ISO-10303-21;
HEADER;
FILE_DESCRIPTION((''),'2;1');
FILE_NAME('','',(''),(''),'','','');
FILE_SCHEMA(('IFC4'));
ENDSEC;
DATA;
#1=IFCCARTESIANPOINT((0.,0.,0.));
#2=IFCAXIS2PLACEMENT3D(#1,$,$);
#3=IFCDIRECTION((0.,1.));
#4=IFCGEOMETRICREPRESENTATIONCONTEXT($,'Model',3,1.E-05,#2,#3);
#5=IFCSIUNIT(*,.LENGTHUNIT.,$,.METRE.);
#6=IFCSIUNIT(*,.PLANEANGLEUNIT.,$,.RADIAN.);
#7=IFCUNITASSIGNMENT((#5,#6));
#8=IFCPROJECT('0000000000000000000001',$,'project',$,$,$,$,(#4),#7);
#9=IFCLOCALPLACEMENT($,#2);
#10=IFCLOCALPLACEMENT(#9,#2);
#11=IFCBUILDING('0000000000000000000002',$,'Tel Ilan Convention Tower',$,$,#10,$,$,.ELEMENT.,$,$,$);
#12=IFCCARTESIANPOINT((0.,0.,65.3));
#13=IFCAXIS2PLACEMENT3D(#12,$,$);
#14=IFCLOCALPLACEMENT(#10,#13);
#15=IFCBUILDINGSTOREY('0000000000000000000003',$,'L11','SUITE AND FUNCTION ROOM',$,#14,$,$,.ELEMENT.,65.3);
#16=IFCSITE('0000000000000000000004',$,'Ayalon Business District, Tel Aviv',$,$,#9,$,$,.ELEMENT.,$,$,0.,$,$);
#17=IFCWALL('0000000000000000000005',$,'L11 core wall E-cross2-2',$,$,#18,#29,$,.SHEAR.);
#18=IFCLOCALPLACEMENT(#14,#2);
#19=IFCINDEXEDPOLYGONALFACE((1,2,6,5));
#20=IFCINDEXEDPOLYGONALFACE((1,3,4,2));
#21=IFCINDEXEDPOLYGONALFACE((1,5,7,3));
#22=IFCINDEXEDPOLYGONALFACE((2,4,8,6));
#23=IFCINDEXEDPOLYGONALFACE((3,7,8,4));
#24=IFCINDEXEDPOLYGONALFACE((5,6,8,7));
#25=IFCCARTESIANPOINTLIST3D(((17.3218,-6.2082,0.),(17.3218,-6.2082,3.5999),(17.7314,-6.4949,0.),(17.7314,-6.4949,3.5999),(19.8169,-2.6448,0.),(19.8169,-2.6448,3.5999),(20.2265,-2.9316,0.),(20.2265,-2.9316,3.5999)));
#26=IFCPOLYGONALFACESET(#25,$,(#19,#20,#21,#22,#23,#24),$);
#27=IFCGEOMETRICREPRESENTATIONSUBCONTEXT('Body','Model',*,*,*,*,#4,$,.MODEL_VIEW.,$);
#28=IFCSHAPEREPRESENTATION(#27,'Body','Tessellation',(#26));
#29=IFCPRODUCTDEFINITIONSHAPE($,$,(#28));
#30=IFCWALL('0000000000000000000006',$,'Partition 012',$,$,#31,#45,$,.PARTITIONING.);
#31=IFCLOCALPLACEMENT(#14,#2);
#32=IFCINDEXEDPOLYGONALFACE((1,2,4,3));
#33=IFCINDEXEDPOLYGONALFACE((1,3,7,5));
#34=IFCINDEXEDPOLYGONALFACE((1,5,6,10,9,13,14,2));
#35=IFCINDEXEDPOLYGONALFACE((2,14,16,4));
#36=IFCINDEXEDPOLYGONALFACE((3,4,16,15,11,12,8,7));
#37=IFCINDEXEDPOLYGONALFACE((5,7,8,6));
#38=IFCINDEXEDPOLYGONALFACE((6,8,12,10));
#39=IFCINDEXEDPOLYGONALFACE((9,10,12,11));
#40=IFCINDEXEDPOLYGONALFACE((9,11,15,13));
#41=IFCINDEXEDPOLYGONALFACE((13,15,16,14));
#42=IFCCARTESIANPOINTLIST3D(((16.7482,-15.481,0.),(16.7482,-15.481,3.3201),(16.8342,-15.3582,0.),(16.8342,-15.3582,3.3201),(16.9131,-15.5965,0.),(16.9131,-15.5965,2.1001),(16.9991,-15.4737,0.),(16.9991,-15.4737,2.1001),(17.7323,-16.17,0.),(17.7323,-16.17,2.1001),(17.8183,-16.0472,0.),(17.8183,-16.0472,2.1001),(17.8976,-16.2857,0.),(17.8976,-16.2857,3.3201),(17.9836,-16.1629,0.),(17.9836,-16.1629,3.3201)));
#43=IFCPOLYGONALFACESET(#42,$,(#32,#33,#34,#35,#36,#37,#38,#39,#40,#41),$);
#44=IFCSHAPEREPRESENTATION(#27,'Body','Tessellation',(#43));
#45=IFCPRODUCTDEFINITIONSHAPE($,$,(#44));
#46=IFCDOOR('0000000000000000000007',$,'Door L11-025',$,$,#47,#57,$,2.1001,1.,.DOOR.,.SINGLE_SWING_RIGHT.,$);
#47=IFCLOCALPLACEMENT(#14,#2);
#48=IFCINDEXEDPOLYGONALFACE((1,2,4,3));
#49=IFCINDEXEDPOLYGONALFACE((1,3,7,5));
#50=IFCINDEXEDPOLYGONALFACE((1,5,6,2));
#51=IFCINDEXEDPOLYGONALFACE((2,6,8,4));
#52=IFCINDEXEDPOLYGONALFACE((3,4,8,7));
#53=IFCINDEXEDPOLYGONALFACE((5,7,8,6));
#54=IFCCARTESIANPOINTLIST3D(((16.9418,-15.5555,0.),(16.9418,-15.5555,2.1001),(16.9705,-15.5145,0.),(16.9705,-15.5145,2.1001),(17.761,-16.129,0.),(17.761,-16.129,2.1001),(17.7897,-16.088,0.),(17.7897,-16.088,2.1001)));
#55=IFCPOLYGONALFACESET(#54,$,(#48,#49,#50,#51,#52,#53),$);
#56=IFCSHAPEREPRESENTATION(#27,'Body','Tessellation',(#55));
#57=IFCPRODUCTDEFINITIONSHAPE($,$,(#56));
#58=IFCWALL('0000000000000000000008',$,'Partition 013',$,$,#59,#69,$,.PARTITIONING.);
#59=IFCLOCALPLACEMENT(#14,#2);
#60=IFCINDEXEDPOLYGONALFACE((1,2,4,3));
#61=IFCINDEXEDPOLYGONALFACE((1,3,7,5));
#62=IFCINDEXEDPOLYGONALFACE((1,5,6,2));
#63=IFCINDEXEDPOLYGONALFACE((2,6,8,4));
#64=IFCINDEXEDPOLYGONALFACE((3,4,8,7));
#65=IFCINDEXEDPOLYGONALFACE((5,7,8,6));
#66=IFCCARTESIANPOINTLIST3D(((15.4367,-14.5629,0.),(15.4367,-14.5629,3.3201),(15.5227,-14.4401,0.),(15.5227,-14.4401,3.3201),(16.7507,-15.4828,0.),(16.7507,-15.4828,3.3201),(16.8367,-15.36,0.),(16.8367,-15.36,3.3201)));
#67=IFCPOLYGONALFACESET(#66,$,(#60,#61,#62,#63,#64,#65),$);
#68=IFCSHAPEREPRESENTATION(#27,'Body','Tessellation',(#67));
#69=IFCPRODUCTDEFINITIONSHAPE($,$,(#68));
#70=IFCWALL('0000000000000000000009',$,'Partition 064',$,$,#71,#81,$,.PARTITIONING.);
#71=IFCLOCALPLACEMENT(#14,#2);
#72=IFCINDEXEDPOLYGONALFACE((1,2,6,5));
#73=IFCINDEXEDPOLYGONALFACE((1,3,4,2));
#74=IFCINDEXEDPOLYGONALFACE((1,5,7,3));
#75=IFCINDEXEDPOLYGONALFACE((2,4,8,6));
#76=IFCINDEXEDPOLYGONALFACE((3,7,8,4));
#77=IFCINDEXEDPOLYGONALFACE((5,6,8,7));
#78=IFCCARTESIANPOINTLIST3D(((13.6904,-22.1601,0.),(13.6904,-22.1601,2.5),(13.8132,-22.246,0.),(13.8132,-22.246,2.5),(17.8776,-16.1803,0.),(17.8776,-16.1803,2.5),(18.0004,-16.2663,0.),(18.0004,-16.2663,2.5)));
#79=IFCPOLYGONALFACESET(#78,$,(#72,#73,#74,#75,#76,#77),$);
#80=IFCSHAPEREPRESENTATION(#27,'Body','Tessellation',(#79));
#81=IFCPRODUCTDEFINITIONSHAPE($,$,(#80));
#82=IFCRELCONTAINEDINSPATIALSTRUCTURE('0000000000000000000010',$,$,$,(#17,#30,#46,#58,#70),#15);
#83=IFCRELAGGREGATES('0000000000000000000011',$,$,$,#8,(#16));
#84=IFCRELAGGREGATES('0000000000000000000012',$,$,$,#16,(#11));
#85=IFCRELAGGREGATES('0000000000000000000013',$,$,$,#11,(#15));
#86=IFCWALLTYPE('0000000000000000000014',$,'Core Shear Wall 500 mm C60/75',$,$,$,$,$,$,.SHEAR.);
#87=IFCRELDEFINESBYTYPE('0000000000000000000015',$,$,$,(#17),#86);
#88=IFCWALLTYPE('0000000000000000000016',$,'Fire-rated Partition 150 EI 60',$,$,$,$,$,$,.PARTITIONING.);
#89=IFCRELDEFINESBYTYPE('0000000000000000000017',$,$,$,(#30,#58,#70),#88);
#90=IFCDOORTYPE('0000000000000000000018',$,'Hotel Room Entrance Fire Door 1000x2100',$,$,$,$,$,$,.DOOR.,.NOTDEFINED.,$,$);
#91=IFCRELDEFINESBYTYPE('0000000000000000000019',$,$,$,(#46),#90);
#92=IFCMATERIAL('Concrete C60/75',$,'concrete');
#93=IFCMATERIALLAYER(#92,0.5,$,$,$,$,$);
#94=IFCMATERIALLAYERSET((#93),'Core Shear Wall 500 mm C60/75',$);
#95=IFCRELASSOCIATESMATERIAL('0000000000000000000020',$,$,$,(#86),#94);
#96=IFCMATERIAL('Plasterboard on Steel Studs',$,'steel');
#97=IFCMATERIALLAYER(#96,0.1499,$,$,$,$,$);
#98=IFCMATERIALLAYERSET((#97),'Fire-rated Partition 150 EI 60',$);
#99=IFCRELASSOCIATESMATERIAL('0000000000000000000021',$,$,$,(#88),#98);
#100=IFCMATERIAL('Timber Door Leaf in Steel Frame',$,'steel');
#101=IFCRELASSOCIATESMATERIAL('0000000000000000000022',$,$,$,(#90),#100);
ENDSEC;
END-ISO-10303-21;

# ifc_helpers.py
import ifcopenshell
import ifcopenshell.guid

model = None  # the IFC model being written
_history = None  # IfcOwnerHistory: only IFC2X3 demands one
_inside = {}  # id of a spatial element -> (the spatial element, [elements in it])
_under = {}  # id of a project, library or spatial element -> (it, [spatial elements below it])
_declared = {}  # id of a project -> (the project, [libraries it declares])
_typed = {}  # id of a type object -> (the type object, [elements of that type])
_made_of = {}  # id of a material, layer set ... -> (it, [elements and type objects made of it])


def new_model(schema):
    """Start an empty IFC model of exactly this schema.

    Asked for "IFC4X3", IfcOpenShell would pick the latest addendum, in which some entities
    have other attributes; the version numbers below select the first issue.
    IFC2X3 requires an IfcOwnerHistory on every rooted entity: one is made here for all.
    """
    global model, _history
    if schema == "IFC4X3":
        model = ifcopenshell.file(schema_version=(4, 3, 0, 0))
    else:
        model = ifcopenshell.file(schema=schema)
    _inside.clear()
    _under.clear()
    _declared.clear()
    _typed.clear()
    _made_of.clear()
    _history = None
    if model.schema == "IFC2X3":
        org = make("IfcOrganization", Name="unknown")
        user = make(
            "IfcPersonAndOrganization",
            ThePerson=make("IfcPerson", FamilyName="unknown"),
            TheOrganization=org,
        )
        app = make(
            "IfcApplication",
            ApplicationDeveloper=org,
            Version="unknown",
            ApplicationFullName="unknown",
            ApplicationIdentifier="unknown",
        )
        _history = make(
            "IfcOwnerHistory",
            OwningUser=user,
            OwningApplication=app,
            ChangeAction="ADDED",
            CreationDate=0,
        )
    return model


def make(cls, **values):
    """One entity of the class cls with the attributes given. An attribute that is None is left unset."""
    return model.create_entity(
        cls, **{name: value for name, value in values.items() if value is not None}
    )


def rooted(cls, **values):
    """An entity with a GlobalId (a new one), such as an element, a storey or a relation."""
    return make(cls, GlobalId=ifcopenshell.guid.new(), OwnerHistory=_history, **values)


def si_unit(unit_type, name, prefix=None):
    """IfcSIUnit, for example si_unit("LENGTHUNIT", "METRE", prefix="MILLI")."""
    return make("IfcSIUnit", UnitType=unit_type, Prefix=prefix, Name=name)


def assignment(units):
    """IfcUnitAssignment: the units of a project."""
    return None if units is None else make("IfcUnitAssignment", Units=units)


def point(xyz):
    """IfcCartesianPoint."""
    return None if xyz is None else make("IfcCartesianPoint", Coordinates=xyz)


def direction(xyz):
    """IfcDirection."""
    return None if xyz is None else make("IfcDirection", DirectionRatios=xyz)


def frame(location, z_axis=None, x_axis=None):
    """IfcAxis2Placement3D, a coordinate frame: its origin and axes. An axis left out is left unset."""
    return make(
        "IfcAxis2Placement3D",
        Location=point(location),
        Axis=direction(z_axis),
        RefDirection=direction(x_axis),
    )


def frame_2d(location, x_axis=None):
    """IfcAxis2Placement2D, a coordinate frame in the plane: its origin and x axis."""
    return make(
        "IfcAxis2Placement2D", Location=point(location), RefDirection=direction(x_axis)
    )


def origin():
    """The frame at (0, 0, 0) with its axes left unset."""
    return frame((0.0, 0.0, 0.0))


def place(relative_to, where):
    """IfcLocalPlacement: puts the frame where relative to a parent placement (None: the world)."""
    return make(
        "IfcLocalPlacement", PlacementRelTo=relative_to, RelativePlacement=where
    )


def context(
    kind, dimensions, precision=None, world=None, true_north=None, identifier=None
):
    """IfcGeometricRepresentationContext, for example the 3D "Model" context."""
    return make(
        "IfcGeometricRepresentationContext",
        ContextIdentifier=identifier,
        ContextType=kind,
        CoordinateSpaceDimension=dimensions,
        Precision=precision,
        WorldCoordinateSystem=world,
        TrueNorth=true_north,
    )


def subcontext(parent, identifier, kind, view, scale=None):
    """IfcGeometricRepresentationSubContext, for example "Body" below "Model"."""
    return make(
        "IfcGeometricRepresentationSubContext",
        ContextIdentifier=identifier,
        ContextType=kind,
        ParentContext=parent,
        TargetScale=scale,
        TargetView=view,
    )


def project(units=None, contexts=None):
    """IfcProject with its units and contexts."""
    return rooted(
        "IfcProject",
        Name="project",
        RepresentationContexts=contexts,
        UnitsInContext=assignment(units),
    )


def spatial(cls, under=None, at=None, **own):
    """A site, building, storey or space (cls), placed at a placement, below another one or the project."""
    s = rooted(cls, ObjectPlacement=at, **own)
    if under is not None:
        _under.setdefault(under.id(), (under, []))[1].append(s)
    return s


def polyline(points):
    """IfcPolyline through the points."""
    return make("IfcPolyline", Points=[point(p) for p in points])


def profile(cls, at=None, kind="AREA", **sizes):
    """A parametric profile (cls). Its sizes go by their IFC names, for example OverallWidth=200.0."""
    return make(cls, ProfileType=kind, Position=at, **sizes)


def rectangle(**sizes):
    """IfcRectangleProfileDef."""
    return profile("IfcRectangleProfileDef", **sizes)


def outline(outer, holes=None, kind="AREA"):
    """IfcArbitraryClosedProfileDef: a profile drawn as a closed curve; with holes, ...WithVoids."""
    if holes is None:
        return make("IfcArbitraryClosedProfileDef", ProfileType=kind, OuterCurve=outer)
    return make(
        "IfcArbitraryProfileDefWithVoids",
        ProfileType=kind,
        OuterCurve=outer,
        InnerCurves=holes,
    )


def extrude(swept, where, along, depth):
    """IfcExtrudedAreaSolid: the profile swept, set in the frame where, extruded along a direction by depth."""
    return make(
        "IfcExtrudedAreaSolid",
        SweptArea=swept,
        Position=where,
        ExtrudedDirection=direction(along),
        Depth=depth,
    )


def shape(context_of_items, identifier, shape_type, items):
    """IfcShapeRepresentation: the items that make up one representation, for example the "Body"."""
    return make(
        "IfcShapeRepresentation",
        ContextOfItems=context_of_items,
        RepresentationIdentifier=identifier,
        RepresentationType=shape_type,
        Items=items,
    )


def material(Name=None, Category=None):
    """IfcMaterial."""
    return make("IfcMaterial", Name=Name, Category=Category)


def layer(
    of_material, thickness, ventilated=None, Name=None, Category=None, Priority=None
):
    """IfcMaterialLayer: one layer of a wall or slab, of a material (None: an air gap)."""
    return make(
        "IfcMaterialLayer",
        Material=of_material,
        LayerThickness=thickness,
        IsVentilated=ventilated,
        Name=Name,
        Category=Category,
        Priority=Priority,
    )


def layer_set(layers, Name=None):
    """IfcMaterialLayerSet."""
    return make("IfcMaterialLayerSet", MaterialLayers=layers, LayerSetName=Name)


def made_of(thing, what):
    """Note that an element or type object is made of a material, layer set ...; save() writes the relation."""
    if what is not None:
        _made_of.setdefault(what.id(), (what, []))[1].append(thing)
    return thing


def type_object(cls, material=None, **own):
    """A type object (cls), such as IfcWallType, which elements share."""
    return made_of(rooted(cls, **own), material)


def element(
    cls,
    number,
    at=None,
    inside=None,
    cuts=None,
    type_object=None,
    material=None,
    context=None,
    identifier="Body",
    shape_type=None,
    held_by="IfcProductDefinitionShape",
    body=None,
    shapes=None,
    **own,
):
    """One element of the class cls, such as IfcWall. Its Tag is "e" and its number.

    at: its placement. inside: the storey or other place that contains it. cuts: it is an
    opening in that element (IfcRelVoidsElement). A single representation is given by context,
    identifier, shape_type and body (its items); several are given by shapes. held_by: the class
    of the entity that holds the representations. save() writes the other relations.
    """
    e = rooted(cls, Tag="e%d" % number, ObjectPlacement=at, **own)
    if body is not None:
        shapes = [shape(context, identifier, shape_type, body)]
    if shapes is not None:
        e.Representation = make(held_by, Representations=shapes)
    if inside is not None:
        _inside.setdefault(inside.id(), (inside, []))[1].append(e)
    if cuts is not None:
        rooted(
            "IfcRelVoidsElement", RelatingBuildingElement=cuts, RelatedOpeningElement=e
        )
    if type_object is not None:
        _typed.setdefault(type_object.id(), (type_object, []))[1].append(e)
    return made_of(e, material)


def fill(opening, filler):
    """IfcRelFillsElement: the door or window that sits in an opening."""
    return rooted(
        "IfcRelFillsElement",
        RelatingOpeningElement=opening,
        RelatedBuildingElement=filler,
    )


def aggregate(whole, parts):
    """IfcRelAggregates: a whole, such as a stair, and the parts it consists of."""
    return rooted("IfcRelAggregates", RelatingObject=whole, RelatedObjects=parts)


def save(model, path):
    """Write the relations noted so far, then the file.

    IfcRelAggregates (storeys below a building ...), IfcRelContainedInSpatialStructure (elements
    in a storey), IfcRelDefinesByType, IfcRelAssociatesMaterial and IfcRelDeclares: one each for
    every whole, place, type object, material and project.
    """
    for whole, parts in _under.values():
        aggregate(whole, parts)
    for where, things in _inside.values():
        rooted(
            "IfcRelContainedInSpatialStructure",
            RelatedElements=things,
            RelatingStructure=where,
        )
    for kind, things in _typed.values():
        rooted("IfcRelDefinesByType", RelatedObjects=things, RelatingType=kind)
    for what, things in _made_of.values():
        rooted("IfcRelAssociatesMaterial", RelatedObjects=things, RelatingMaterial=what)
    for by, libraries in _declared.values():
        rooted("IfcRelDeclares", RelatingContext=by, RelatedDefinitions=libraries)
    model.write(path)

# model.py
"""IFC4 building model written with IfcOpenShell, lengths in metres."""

from ifc_helpers import new_model, si_unit, direction, frame, frame_2d, origin, place, context, subcontext, project, spatial, polyline, rectangle, outline, extrude, material, layer, layer_set, type_object, element, fill, save


model = new_model("IFC4")

# Units and contexts
model_context = context("Model", 3, precision=1e-05, world=origin(), true_north=direction((0.0, 1.0)))
body_context = subcontext(model_context, "Body", "Model", "MODEL_VIEW")
ifc_project = project(units=[si_unit("LENGTHUNIT", "METRE"), si_unit("PLANEANGLEUNIT", "RADIAN")], contexts=[model_context])

# Site, building, storey
site_placement = place(None, origin())
site = spatial("IfcSite", under=ifc_project, at=site_placement, Name="Ayalon Business District, Tel Aviv", CompositionType="ELEMENT", RefElevation=0.0)
building_placement = place(site_placement, origin())
building = spatial("IfcBuilding", under=site, at=building_placement, Name="Tel Ilan Convention Tower", CompositionType="ELEMENT")
storey_placement = place(building_placement, frame((0.0, 0.0, 65.3)))
storey = spatial("IfcBuildingStorey", under=building, at=storey_placement, Name="L11", Description="SUITE AND FUNCTION ROOM", CompositionType="ELEMENT", Elevation=65.3)

# Wall
ifc_material_1 = material(Name="Concrete C60/75", Category="concrete")
ifc_layer_1 = layer(ifc_material_1, 0.5)
ifc_layer_set_1 = layer_set([ifc_layer_1], Name="Core Shear Wall 500 mm C60/75")
wall_type_1 = type_object("IfcWallType", Name="Core Shear Wall 500 mm C60/75", PredefinedType="SHEAR", material=ifc_layer_set_1)
wall_1_placement = place(storey_placement, frame((17.5266, -6.3516, 0.0), z_axis=(0.0, 0.0, 1.0), x_axis=(0.57353, 0.819184, 0.0)))
element("IfcWall", 1, at=wall_1_placement, inside=storey, type_object=wall_type_1, Name="L11 core wall E-cross2-2", PredefinedType="SHEAR", context=body_context, shape_type="SweptSolid", body=[
    extrude(outline(polyline([(4.3501, -0.2502), (4.3501, 0.2498), (0.0, 0.25), (0.0, -0.25), (4.3501, -0.2502)])), origin(), (0.0, 0.0, 1.0), 3.5999),
])

# Wall, opening, door
ifc_material_2 = material(Name="Plasterboard on Steel Studs", Category="steel")
ifc_layer_2 = layer(ifc_material_2, 0.1499)
ifc_layer_set_2 = layer_set([ifc_layer_2], Name="Fire-rated Partition 150 EI 60")
wall_type_2 = type_object("IfcWallType", Name="Fire-rated Partition 150 EI 60", PredefinedType="PARTITIONING", material=ifc_layer_set_2)
wall_2_placement = place(storey_placement, frame((17.9407, -16.2244, 0.0), z_axis=(0.0, 0.0, 1.0), x_axis=(-0.819199, 0.573509, 0.0)))
wall_2 = element("IfcWall", 2, at=wall_2_placement, inside=storey, type_object=wall_type_2, Name="Partition 012", PredefinedType="PARTITIONING", context=body_context, shape_type="SweptSolid", body=[
    extrude(rectangle(XDim=1.4031, YDim=0.1499, at=frame_2d((0.7017, 0.0))), origin(), (0.0, 0.0, 1.0), 3.3201),
])
opening_1_placement = place(wall_2_placement, frame((0.2019, 0.0, 0.0)))
opening_1 = element("IfcOpeningElement", 3, at=opening_1_placement, cuts=wall_2, PredefinedType="OPENING", context=body_context, shape_type="SweptSolid", body=[
    extrude(rectangle(XDim=1.0, YDim=2.1001, at=frame_2d((0.5, 1.05))), frame((0.0, 0.085, 0.0), z_axis=(0.0, -1.0, 0.0), x_axis=(1.0, 0.0, 0.0)), (0.0, 0.0, 1.0), 0.1699),
])
ifc_material_3 = material(Name="Timber Door Leaf in Steel Frame", Category="steel")
door_type_1 = type_object("IfcDoorType", Name="Hotel Room Entrance Fire Door 1000x2100", OperationType="NOTDEFINED", PredefinedType="DOOR", material=ifc_material_3)
door_1_placement = place(opening_1_placement, origin())
door_1 = element("IfcDoor", 4, at=door_1_placement, inside=storey, type_object=door_type_1, Name="Door L11-025", OperationType="SINGLE_SWING_RIGHT", OverallHeight=2.1001, OverallWidth=1.0, PredefinedType="DOOR", context=body_context, shape_type="SweptSolid", body=[
    extrude(rectangle(XDim=1.0, YDim=2.1001, at=frame_2d((0.5, 1.05))), frame((0.0, 0.0249, 0.0), z_axis=(0.0, -1.0, 0.0), x_axis=(1.0, 0.0, 0.0)), (0.0, 0.0, 1.0), 0.05),
])
fill(opening_1, door_1)

# Walls
wall_3_placement = place(storey_placement, frame((16.7937, -15.4214, 0.0), z_axis=(0.0, 0.0, 1.0), x_axis=(-0.819189, 0.573524, 0.0)))
element("IfcWall", 5, at=wall_3_placement, inside=storey, type_object=wall_type_2, Name="Partition 013", PredefinedType="PARTITIONING", context=body_context, shape_type="SweptSolid", body=[
    extrude(rectangle(XDim=1.604, YDim=0.1499, at=frame_2d((0.802, 0.0))), origin(), (0.0, 0.0, 1.0), 3.3201),
])
wall_4_placement = place(storey_placement, frame((17.939, -16.2234, 0.0), z_axis=(0.0, 0.0, 1.0), x_axis=(-0.573595, -0.819139, 0.0)))
element("IfcWall", 6, at=wall_4_placement, inside=storey, type_object=wall_type_2, Name="Partition 064", PredefinedType="PARTITIONING", context=body_context, shape_type="SweptSolid", body=[
    extrude(rectangle(XDim=7.3, YDim=0.1499, at=frame_2d((3.6499, 0.0))), origin(), (0.0, 0.0, 1.0), 2.5),
])

save(model, "model.ifc")
